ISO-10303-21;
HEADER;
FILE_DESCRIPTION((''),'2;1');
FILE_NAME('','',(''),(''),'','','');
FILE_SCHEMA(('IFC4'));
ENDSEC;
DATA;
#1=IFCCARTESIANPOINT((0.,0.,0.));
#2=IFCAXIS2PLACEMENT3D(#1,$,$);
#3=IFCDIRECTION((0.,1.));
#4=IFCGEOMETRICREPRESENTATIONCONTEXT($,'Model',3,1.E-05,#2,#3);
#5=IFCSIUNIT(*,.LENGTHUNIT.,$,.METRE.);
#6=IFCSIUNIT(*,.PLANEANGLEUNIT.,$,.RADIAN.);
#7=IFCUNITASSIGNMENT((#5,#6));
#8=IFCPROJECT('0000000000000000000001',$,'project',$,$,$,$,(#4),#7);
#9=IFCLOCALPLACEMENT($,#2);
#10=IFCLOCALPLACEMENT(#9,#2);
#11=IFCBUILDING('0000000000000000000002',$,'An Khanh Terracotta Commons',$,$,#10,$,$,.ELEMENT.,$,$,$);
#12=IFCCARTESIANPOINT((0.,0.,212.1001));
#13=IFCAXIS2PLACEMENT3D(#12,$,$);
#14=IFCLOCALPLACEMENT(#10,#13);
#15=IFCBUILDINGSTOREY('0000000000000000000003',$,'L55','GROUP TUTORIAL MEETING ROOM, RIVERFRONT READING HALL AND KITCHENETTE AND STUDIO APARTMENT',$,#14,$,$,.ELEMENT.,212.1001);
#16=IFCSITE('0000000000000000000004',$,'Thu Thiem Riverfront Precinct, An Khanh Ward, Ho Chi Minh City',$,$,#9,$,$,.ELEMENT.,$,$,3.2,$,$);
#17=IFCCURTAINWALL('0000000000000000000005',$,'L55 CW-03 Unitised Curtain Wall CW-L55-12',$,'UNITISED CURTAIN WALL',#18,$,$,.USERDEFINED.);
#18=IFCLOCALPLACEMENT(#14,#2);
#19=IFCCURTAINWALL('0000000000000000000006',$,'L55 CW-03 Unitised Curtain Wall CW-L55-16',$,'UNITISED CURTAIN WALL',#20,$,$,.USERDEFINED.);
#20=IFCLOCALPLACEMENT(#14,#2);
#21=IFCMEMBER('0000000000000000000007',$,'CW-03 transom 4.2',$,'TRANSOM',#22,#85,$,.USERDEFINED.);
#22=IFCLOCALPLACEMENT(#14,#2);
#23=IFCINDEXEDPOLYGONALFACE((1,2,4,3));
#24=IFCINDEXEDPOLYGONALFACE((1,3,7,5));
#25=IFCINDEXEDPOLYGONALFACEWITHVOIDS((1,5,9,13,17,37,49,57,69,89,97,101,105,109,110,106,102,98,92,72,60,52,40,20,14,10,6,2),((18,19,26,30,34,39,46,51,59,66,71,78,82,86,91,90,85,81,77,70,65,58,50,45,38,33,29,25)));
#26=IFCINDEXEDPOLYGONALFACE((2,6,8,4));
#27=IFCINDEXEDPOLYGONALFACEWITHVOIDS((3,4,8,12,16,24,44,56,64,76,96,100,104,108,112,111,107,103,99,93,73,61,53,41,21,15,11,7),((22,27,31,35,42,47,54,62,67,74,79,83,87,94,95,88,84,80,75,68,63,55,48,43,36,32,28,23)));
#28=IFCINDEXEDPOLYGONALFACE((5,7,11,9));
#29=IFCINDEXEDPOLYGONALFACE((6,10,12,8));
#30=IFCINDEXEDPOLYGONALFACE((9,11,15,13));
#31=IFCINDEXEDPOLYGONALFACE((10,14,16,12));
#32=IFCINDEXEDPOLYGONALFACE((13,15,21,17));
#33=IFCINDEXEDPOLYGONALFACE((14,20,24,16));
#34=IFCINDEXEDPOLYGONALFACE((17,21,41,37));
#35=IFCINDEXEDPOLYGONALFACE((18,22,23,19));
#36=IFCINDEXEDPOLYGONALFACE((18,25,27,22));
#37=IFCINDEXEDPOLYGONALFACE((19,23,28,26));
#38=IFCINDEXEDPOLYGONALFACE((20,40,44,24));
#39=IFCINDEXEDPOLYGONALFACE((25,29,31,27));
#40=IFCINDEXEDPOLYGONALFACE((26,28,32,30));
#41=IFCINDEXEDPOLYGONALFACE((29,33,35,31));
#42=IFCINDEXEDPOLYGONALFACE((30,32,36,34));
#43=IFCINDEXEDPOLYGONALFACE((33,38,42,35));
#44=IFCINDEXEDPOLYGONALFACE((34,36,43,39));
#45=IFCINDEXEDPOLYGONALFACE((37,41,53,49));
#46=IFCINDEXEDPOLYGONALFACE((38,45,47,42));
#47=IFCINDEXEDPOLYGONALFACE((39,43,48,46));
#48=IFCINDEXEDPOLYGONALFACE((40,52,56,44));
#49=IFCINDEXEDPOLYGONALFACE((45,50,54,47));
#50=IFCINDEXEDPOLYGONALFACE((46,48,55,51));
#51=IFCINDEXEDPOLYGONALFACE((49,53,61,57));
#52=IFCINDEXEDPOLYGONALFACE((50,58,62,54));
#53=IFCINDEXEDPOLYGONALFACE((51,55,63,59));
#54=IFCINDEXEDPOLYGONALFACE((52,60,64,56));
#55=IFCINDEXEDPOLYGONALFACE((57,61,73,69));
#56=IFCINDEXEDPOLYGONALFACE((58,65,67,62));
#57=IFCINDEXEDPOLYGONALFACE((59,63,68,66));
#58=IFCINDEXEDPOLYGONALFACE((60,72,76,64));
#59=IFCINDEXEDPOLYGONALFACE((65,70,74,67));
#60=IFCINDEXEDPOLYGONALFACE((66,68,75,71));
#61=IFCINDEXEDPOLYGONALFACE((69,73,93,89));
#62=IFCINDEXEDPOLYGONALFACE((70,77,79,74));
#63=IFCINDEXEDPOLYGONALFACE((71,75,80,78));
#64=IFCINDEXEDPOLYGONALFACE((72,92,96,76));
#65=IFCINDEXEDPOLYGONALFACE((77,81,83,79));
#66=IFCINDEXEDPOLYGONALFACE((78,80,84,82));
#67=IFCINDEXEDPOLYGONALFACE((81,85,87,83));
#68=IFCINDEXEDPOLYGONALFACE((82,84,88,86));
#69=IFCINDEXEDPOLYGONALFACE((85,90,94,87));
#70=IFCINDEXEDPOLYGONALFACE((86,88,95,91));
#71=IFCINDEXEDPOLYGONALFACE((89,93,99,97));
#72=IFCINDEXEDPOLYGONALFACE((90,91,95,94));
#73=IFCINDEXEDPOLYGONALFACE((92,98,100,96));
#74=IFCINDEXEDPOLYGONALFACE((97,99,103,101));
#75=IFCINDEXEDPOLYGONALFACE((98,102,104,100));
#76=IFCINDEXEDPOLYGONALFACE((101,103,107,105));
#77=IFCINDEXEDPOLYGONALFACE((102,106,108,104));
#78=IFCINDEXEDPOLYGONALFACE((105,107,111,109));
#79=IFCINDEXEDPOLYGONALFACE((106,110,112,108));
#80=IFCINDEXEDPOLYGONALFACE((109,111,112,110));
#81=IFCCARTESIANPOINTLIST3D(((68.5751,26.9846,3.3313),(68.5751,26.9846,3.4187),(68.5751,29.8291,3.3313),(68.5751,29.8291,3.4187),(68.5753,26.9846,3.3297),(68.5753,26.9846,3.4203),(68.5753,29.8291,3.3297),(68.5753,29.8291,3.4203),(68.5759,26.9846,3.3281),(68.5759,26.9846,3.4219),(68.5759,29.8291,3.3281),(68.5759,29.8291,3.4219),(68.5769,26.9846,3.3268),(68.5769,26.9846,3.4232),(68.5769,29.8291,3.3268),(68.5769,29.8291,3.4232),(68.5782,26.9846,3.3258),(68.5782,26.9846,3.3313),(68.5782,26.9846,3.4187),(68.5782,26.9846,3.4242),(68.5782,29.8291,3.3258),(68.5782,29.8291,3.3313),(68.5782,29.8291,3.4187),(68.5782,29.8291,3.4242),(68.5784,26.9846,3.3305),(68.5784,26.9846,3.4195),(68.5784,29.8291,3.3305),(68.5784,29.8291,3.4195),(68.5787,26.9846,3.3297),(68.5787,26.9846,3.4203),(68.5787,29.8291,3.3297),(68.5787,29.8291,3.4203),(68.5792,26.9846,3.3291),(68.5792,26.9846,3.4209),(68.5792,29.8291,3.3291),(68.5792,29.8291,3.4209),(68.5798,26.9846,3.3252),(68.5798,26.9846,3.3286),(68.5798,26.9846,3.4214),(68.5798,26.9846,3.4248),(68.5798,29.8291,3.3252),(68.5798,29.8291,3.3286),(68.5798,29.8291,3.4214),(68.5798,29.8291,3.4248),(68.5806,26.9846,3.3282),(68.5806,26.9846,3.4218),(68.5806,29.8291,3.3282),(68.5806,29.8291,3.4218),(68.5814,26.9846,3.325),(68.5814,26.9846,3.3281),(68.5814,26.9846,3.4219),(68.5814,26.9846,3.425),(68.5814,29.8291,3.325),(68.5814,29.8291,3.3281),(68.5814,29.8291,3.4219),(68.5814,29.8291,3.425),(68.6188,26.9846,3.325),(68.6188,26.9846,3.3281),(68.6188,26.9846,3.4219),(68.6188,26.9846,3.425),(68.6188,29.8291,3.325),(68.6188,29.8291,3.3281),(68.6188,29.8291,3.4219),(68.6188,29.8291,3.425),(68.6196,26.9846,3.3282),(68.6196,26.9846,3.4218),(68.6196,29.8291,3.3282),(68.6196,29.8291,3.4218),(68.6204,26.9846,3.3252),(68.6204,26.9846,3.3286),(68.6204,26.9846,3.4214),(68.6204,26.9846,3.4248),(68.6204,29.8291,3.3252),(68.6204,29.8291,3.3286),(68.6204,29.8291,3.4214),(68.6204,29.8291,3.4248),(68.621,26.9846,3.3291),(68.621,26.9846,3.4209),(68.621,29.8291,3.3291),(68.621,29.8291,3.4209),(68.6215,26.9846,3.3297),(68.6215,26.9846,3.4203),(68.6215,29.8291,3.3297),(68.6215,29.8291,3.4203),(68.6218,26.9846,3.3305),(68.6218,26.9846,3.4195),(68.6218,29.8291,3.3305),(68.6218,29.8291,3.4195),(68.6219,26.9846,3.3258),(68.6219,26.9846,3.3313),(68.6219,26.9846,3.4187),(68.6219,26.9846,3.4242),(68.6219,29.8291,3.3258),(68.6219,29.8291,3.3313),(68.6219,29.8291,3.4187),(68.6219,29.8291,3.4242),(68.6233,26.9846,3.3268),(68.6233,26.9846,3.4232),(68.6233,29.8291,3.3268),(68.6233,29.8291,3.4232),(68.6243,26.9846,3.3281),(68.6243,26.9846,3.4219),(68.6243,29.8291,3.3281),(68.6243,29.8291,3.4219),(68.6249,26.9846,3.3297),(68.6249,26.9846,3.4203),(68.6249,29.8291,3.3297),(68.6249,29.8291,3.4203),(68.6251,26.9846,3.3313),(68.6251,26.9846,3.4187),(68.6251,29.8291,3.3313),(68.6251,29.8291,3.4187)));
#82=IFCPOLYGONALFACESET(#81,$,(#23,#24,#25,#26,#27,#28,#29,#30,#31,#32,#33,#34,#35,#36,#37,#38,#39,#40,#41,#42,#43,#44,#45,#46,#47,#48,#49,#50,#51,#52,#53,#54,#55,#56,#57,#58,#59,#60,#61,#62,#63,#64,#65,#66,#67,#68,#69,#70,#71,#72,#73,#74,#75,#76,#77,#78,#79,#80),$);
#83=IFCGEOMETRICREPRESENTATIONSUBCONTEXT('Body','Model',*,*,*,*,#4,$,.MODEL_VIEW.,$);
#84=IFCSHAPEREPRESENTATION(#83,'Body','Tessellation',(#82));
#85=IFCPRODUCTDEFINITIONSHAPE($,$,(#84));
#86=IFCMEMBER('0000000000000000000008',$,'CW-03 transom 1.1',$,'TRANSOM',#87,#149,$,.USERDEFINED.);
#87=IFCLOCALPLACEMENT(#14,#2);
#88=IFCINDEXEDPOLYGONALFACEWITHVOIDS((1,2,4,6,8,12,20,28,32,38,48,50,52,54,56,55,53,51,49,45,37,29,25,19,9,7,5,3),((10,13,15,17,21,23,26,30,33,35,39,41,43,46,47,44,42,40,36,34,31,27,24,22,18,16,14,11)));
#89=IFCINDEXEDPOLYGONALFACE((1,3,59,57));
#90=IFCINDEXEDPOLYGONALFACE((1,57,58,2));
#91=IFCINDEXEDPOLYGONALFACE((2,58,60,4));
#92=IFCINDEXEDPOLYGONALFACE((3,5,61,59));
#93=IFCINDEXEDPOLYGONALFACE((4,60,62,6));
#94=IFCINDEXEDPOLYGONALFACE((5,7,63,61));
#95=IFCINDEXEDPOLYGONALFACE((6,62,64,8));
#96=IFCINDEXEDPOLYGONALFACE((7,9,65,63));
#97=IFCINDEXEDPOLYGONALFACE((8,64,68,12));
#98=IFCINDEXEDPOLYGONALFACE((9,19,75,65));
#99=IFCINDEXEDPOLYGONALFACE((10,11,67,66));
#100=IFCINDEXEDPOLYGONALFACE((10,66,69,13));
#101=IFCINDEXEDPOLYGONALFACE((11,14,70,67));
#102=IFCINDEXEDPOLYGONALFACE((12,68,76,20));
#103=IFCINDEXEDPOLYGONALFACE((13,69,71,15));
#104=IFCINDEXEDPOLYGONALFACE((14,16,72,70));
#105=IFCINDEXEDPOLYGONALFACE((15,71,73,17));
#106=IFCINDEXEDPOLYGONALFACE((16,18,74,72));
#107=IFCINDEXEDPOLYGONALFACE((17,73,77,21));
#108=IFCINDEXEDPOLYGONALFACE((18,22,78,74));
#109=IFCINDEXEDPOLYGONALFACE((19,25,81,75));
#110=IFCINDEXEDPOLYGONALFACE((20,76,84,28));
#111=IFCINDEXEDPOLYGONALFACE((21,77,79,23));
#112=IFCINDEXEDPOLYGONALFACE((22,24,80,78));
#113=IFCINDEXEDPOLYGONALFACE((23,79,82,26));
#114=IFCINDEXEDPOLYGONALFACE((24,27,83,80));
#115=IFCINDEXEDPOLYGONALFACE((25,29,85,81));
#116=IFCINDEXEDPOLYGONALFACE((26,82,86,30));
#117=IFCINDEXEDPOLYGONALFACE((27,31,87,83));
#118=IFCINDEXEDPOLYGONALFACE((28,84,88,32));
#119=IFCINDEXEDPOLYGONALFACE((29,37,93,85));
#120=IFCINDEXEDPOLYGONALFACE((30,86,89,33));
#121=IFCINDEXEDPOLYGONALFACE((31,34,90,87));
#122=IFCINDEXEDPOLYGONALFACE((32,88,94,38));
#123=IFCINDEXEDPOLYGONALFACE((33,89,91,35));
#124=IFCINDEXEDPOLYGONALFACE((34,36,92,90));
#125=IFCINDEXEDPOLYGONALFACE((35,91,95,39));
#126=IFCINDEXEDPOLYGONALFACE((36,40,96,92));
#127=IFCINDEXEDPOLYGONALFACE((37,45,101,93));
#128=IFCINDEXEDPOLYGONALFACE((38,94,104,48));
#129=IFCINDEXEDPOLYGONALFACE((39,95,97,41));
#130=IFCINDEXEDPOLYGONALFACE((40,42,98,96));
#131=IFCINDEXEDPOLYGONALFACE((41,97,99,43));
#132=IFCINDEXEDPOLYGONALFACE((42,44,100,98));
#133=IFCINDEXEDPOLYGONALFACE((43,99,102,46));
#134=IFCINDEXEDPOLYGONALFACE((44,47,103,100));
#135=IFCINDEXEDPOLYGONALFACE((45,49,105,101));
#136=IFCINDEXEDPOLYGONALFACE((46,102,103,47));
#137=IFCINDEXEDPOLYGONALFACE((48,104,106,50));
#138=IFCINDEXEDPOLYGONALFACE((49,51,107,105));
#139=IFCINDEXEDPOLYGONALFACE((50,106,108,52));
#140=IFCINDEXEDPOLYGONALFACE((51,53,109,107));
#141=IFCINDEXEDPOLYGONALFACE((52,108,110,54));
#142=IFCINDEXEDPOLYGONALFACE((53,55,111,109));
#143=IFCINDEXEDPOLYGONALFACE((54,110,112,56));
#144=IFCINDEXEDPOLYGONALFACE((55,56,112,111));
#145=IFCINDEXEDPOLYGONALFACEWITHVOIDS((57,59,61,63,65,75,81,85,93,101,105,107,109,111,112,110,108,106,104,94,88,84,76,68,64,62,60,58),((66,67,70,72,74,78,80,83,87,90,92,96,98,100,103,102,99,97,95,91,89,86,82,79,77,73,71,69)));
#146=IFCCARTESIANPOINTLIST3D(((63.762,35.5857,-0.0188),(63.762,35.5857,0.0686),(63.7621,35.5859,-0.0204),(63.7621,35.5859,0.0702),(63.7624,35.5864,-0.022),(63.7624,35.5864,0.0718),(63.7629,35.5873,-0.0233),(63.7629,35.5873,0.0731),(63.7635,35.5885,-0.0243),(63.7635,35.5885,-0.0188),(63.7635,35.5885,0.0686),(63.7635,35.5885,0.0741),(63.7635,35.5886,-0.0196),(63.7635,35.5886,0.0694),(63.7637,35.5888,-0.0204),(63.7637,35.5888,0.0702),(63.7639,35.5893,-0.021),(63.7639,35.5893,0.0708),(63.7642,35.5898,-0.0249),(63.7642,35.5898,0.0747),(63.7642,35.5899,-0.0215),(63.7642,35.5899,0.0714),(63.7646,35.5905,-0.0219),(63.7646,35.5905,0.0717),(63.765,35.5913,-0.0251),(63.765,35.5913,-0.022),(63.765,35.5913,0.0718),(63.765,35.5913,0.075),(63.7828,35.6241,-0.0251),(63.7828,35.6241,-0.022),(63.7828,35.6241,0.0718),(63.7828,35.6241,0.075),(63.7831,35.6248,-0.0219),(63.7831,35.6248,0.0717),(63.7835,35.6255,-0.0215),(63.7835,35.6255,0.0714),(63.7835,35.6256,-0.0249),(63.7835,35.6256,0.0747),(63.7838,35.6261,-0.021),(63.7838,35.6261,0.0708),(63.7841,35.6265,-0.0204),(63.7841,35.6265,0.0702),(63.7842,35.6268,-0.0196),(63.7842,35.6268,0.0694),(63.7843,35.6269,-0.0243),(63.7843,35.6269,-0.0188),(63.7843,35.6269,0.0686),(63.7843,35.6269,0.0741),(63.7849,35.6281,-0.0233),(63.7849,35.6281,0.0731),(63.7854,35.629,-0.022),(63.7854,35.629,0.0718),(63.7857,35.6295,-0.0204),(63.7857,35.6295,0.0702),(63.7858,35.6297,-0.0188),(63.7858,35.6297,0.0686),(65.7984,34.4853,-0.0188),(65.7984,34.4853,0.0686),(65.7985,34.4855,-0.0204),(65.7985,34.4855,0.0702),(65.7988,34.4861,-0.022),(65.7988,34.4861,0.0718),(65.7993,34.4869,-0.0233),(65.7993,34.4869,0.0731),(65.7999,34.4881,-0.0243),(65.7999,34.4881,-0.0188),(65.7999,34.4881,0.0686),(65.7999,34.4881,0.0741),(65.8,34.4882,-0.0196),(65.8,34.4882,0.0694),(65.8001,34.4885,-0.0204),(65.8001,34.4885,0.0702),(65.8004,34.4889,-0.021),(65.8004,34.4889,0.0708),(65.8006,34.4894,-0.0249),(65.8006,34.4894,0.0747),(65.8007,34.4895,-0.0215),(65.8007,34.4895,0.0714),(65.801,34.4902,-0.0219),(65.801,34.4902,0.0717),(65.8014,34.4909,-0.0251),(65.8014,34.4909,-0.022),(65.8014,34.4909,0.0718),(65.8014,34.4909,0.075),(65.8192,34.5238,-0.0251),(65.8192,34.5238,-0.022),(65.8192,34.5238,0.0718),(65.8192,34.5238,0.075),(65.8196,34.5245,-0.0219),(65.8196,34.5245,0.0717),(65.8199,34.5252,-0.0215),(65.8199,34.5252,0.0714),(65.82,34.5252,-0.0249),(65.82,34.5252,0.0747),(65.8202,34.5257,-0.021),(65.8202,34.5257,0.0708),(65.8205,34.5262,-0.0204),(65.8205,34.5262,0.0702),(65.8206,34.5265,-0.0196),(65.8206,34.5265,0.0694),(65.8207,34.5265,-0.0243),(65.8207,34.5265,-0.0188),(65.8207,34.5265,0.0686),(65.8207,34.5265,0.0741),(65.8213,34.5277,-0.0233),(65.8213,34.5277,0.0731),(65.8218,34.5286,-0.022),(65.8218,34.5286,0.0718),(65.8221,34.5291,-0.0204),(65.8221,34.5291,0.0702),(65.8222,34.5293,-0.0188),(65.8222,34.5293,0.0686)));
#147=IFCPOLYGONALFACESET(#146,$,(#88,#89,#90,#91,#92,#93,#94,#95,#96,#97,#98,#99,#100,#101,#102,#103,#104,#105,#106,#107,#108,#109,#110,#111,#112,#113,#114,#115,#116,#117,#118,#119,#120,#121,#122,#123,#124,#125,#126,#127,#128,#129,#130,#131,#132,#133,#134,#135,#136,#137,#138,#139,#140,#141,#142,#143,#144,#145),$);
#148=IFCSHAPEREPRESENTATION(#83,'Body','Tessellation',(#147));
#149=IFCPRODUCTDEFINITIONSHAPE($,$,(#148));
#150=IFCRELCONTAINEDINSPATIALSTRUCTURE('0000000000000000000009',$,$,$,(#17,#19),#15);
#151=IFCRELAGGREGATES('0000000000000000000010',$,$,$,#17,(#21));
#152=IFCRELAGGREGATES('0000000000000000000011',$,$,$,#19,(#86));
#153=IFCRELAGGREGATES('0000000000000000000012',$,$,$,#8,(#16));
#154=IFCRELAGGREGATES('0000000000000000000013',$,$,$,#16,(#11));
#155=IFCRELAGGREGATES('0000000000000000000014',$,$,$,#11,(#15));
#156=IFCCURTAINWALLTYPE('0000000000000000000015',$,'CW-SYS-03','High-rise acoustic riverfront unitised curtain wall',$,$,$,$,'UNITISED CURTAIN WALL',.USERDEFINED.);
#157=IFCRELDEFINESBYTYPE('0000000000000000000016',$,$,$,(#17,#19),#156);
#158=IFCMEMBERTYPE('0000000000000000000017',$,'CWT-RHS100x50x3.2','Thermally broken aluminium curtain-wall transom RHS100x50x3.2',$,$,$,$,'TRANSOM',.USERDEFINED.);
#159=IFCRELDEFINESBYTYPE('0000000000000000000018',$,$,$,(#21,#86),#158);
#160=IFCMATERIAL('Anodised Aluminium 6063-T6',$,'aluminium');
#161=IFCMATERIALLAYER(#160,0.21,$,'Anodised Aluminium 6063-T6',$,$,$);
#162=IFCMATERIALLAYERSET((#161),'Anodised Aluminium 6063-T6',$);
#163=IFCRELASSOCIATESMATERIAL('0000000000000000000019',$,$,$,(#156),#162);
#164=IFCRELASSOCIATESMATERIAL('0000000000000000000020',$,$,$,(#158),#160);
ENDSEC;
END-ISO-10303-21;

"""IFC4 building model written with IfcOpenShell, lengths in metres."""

from ifc_helpers import new_model, si_unit, direction, frame, origin, origin_2d, place, context, subcontext, project, spatial, hollow_rectangle, extrude, material, layer, layer_set, material_profile, profile_set, type_object, element, aggregate, save


model = new_model("IFC4")

# Units and contexts
model_context = context("Model", 3, precision=1e-05, world=origin(), true_north=direction((0.0, 1.0)))
body_context = subcontext(model_context, "Body", "Model", "MODEL_VIEW")
ifc_project = project(units=[si_unit("LENGTHUNIT", "METRE"), si_unit("PLANEANGLEUNIT", "RADIAN")], contexts=[model_context])

# Site, building, storey
site_placement = place(None, origin())
site = spatial("IfcSite", under=ifc_project, at=site_placement, Name="Thu Thiem Riverfront Precinct, An Khanh Ward, Ho Chi Minh City", CompositionType="ELEMENT", RefElevation=3.2)
building_placement = place(site_placement, origin())
building = spatial("IfcBuilding", under=site, at=building_placement, Name="An Khanh Terracotta Commons", CompositionType="ELEMENT")
storey_placement = place(building_placement, frame((0.0, 0.0, 212.1001)))
storey = spatial("IfcBuildingStorey", under=building, at=storey_placement, Name="L55", Description="GROUP TUTORIAL MEETING ROOM, RIVERFRONT READING HALL AND KITCHENETTE AND STUDIO APARTMENT", CompositionType="ELEMENT", Elevation=212.1001)

# Curtain walls
ifc_material_1 = material(Name="Anodised Aluminium 6063-T6", Category="aluminium")
ifc_layer_1 = layer(ifc_material_1, 0.21, Name="Anodised Aluminium 6063-T6")
ifc_layer_set_1 = layer_set([ifc_layer_1], Name="Anodised Aluminium 6063-T6")
curtain_wall_type = type_object("IfcCurtainWallType", Name="CW-SYS-03", Description="High-rise acoustic riverfront unitised curtain wall", ElementType="UNITISED CURTAIN WALL", PredefinedType="USERDEFINED", material=ifc_layer_set_1)
curtain_wall_1_placement = place(storey_placement, origin())
curtain_wall_1 = element("IfcCurtainWall", 1, at=curtain_wall_1_placement, inside=storey, type_object=curtain_wall_type, Name="L55 CW-03 Unitised Curtain Wall CW-L55-12", ObjectType="UNITISED CURTAIN WALL", PredefinedType="USERDEFINED")
curtain_wall_2_placement = place(storey_placement, origin())
curtain_wall_2 = element("IfcCurtainWall", 2, at=curtain_wall_2_placement, inside=storey, type_object=curtain_wall_type, Name="L55 CW-03 Unitised Curtain Wall CW-L55-16", ObjectType="UNITISED CURTAIN WALL", PredefinedType="USERDEFINED")

# Members
ifc_material_profile_1 = material_profile(ifc_material_1, hollow_rectangle(XDim=0.05, YDim=0.1001, WallThickness=0.0032, InnerFilletRadius=0.0032, OuterFilletRadius=0.0063, at=origin_2d()), Name="RHS100x50x3.2")
ifc_profile_set_1 = profile_set([ifc_material_profile_1], Name="Anodised Aluminium 6063-T6")
member_type_1 = type_object("IfcMemberType", Name="CWT-RHS100x50x3.2", Description="Thermally broken aluminium curtain-wall transom RHS100x50x3.2", ElementType="TRANSOM", PredefinedType="USERDEFINED", material=ifc_profile_set_1)
member_1_placement = place(storey_placement, frame((68.6001, 26.9846, 3.375), z_axis=(0.0, 1.0, 0.0), x_axis=(-1.0, 0.0, 0.0)))
member_1 = element("IfcMember", 3, at=member_1_placement, type_object=member_type_1, Name="CW-03 transom 4.2", ObjectType="TRANSOM", PredefinedType="USERDEFINED", context=body_context, shape_type="SweptSolid", body=[
    extrude(hollow_rectangle(XDim=0.05, YDim=0.1001, WallThickness=0.0032, InnerFilletRadius=0.0032, OuterFilletRadius=0.0063, at=origin_2d()), origin(), (0.0, 0.0, 1.0), 2.8445),
])
member_2_placement = place(storey_placement, frame((65.8103, 34.5073, 0.0249), z_axis=(-0.879779, 0.475382, 0.0), x_axis=(-0.475382, -0.879779, 0.0)))
member_2 = element("IfcMember", 4, at=member_2_placement, type_object=member_type_1, Name="CW-03 transom 1.1", ObjectType="TRANSOM", PredefinedType="USERDEFINED", context=body_context, shape_type="SweptSolid", body=[
    extrude(hollow_rectangle(XDim=0.05, YDim=0.1001, WallThickness=0.0032, InnerFilletRadius=0.0032, OuterFilletRadius=0.0063, at=origin_2d()), origin(), (0.0, 0.0, 1.0), 2.3147),
])

aggregate(curtain_wall_1, [member_1])
aggregate(curtain_wall_2, [member_2])

save(model, "model.ifc")
